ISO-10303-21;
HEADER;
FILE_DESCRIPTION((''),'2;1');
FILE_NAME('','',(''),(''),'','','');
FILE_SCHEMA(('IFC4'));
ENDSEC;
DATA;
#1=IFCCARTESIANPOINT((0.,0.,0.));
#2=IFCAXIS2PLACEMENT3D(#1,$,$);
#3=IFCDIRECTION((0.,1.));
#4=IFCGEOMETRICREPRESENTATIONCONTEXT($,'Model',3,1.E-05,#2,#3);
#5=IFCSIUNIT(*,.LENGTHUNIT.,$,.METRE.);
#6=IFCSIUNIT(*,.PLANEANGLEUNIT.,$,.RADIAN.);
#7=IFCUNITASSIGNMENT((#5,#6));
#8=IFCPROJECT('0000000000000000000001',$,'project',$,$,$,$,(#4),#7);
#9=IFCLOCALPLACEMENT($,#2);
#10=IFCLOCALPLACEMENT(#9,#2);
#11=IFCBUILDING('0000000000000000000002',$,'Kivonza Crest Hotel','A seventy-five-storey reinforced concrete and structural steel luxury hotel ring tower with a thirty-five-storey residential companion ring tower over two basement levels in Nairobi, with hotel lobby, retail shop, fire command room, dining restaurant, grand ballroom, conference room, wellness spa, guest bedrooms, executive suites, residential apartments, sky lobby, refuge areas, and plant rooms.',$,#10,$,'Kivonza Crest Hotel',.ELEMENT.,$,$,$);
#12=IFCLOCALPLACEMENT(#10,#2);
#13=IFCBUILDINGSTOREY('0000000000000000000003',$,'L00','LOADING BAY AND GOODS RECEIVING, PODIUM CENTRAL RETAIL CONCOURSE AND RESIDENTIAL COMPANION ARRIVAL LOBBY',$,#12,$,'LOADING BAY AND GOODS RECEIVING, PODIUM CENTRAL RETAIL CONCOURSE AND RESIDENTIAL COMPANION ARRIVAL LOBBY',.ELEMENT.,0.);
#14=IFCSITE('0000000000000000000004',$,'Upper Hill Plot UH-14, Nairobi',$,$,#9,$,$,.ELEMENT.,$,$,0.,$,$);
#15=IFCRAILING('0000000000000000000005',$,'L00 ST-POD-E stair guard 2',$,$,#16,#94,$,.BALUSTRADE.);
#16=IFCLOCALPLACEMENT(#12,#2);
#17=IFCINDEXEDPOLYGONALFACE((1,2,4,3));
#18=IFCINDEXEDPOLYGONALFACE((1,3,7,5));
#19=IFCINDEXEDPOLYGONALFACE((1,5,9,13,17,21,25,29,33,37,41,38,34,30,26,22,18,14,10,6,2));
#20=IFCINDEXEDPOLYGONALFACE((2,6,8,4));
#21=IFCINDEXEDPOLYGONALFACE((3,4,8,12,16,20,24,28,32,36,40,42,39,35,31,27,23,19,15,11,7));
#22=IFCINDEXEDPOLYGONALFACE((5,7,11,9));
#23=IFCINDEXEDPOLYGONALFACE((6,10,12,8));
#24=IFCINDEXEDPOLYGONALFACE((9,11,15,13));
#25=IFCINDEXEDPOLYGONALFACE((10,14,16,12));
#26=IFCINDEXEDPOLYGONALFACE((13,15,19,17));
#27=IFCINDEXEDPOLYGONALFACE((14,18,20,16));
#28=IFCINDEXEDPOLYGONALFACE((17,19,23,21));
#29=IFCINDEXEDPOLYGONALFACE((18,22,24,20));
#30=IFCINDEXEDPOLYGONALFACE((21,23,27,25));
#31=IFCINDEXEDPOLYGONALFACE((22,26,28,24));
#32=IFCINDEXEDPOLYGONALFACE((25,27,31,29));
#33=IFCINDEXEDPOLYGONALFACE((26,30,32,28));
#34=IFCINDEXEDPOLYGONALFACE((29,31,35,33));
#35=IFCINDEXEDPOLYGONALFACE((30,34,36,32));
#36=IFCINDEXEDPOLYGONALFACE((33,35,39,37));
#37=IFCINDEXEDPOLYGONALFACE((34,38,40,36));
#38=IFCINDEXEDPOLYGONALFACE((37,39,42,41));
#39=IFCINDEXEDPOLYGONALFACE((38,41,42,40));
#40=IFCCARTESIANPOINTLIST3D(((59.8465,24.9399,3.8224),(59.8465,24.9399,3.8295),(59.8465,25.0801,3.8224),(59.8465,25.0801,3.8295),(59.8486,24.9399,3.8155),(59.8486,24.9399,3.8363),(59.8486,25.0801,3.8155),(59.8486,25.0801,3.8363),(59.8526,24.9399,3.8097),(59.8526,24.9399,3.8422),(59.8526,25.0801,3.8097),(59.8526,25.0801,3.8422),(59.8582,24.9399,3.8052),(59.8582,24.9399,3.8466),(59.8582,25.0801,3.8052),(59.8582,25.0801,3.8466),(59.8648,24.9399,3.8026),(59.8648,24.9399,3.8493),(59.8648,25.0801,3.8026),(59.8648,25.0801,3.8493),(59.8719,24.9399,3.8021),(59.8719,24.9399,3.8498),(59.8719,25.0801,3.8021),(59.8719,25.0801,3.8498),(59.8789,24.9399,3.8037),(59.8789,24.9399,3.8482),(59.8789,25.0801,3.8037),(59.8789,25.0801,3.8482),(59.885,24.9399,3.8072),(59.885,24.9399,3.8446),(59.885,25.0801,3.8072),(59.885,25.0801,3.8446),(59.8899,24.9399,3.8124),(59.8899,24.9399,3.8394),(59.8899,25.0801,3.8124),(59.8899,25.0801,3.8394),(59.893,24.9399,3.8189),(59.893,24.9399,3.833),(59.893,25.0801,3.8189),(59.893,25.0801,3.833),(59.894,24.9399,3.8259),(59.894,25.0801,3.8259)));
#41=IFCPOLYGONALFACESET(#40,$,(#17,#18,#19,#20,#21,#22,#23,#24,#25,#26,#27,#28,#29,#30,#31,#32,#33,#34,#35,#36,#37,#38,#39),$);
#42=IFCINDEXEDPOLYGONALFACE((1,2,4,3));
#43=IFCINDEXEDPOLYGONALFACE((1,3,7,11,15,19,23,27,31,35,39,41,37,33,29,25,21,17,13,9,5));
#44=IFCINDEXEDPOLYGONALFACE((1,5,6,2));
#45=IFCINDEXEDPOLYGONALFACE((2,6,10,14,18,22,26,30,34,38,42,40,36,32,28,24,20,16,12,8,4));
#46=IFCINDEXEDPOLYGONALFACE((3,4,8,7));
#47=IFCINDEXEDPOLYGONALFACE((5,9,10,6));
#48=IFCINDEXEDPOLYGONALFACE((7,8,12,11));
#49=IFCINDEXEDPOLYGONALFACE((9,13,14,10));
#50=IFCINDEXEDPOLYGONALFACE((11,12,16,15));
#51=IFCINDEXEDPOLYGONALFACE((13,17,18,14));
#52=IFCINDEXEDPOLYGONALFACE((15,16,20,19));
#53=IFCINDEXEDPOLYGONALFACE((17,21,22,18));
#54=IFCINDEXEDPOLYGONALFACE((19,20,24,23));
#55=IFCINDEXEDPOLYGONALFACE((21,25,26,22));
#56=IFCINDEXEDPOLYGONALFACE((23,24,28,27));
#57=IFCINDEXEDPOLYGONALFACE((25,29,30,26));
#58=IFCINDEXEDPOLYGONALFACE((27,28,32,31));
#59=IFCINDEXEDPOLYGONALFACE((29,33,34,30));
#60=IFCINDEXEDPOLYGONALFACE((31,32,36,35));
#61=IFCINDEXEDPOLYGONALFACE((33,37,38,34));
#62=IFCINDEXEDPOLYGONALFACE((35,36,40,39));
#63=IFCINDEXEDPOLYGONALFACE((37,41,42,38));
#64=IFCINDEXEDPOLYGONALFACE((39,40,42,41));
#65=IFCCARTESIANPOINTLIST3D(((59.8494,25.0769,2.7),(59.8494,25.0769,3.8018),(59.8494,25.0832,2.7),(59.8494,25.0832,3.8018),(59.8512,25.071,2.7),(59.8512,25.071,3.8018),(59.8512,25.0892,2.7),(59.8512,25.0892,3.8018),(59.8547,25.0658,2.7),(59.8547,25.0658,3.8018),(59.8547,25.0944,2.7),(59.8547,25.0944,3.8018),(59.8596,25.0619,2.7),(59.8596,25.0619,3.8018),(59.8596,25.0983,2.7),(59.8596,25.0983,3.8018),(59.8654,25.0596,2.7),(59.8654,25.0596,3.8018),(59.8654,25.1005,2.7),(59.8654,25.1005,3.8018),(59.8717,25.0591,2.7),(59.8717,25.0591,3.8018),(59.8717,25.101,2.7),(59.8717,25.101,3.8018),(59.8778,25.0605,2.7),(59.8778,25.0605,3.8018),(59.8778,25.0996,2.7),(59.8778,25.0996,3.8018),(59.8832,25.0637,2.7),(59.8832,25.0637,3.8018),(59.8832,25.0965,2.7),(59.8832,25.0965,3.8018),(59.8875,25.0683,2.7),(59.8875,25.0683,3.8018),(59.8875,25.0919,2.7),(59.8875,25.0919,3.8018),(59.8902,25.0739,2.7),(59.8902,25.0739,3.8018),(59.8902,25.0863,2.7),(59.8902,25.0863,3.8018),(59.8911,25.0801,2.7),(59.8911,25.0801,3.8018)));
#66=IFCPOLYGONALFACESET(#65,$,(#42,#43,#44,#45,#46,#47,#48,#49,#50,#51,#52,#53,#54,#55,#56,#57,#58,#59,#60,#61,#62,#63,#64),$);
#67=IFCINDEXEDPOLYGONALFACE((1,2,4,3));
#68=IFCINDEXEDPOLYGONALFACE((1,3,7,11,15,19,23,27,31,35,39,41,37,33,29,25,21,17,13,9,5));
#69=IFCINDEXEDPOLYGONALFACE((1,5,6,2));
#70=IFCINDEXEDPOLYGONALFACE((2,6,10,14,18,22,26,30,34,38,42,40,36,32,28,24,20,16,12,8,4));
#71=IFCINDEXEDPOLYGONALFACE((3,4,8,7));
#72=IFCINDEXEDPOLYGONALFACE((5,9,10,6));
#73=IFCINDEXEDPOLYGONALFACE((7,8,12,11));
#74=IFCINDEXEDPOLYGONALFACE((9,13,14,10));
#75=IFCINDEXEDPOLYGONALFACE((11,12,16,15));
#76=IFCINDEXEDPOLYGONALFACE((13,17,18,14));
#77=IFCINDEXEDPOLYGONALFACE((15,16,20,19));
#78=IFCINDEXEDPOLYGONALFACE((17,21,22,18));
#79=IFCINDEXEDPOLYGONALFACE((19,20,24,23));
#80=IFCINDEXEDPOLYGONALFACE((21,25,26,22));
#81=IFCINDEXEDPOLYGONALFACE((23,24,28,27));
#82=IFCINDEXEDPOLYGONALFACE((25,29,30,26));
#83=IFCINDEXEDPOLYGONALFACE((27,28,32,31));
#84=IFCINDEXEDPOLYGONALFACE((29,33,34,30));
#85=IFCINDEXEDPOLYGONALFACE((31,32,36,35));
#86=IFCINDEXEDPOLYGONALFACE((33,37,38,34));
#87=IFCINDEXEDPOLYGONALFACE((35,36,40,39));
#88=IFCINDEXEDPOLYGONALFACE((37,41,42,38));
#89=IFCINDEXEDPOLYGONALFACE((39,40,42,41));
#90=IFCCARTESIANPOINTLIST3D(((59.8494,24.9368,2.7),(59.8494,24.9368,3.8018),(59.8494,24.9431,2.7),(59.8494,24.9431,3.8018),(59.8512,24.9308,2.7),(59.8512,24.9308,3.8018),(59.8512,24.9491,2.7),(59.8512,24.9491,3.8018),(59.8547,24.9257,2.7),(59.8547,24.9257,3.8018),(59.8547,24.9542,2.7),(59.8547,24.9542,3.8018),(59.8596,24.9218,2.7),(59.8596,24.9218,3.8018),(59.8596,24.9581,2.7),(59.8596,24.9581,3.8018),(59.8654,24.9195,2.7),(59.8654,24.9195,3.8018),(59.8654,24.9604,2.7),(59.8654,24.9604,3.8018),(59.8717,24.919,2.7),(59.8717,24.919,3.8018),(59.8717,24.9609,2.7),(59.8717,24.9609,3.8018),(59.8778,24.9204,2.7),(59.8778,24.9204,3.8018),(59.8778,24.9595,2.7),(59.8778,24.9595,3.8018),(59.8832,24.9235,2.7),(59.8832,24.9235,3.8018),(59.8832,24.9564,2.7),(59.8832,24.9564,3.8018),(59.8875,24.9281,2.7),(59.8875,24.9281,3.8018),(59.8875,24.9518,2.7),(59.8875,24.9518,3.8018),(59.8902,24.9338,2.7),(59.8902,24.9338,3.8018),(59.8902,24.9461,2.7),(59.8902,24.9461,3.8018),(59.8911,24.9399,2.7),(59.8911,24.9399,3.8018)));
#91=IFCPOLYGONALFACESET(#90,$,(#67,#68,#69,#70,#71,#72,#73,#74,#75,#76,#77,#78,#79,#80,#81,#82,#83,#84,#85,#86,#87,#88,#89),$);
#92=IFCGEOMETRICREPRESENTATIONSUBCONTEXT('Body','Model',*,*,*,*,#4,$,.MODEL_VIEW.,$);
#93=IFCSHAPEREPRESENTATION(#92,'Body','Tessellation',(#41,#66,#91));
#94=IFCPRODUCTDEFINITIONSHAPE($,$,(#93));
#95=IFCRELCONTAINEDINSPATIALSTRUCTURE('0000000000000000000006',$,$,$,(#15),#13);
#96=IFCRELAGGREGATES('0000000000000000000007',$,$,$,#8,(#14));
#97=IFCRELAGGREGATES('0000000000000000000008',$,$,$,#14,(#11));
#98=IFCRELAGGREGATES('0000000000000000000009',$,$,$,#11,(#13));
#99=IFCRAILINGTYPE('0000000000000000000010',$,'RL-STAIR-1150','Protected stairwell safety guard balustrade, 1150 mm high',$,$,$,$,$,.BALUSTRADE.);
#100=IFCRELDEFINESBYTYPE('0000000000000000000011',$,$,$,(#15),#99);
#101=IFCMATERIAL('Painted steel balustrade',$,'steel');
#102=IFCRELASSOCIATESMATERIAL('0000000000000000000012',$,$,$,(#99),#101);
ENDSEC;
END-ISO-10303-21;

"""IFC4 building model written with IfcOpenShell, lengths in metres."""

from ifc_helpers import new_model, si_unit, direction, frame, origin, origin_2d, place, context, subcontext, project, spatial, circle, extrude, material, type_object, element, save


model = new_model("IFC4")

# Units and contexts
model_context = context("Model", 3, precision=1e-05, world=origin(), true_north=direction((0.0, 1.0)))
body_context = subcontext(model_context, "Body", "Model", "MODEL_VIEW")
ifc_project = project(units=[si_unit("LENGTHUNIT", "METRE"), si_unit("PLANEANGLEUNIT", "RADIAN")], contexts=[model_context])

# Site, building, storey
site_placement = place(None, origin())
site = spatial("IfcSite", under=ifc_project, at=site_placement, Name="Upper Hill Plot UH-14, Nairobi", CompositionType="ELEMENT", RefElevation=0.0)
building_placement = place(site_placement, origin())
building = spatial("IfcBuilding", under=site, at=building_placement, Name="Kivonza Crest Hotel", Description="A seventy-five-storey reinforced concrete and structural steel luxury hotel ring tower with a thirty-five-storey residential companion ring tower over two basement levels in Nairobi, with hotel lobby, retail shop, fire command room, dining restaurant, grand ballroom, conference room, wellness spa, guest bedrooms, executive suites, residential apartments, sky lobby, refuge areas, and plant rooms.", LongName="Kivonza Crest Hotel", CompositionType="ELEMENT")
storey_placement = place(building_placement, origin())
storey = spatial("IfcBuildingStorey", under=building, at=storey_placement, Name="L00", Description="LOADING BAY AND GOODS RECEIVING, PODIUM CENTRAL RETAIL CONCOURSE AND RESIDENTIAL COMPANION ARRIVAL LOBBY", LongName="LOADING BAY AND GOODS RECEIVING, PODIUM CENTRAL RETAIL CONCOURSE AND RESIDENTIAL COMPANION ARRIVAL LOBBY", CompositionType="ELEMENT", Elevation=0.0)

# Railing
ifc_material_1 = material(Name="Painted steel balustrade", Category="steel")
railing_type_1 = type_object("IfcRailingType", Name="RL-STAIR-1150", Description="Protected stairwell safety guard balustrade, 1150 mm high", PredefinedType="BALUSTRADE", material=ifc_material_1)
railing_1_placement = place(storey_placement, frame((59.8701, 25.0801, 2.7)))
element("IfcRailing", 1, at=railing_1_placement, inside=storey, type_object=railing_type_1, Name="L00 ST-POD-E stair guard 2", PredefinedType="BALUSTRADE", context=body_context, shape_type="SweptSolid", body=[
    extrude(circle(Radius=0.0239, at=origin_2d()), frame((0.0, 0.0, 1.126), z_axis=(0.0, -1.0, 0.0), x_axis=(1.0, 0.0, 0.0)), (0.0, 0.0, 1.0), 0.1401),
    extrude(circle(Radius=0.021, at=origin_2d()), origin(), (0.0, 0.0, 1.0), 1.1018),
    extrude(circle(Radius=0.021, at=origin_2d()), frame((0.0, -0.1401, 0.0)), (0.0, 0.0, 1.0), 1.1018),
])

save(model, "model.ifc")
